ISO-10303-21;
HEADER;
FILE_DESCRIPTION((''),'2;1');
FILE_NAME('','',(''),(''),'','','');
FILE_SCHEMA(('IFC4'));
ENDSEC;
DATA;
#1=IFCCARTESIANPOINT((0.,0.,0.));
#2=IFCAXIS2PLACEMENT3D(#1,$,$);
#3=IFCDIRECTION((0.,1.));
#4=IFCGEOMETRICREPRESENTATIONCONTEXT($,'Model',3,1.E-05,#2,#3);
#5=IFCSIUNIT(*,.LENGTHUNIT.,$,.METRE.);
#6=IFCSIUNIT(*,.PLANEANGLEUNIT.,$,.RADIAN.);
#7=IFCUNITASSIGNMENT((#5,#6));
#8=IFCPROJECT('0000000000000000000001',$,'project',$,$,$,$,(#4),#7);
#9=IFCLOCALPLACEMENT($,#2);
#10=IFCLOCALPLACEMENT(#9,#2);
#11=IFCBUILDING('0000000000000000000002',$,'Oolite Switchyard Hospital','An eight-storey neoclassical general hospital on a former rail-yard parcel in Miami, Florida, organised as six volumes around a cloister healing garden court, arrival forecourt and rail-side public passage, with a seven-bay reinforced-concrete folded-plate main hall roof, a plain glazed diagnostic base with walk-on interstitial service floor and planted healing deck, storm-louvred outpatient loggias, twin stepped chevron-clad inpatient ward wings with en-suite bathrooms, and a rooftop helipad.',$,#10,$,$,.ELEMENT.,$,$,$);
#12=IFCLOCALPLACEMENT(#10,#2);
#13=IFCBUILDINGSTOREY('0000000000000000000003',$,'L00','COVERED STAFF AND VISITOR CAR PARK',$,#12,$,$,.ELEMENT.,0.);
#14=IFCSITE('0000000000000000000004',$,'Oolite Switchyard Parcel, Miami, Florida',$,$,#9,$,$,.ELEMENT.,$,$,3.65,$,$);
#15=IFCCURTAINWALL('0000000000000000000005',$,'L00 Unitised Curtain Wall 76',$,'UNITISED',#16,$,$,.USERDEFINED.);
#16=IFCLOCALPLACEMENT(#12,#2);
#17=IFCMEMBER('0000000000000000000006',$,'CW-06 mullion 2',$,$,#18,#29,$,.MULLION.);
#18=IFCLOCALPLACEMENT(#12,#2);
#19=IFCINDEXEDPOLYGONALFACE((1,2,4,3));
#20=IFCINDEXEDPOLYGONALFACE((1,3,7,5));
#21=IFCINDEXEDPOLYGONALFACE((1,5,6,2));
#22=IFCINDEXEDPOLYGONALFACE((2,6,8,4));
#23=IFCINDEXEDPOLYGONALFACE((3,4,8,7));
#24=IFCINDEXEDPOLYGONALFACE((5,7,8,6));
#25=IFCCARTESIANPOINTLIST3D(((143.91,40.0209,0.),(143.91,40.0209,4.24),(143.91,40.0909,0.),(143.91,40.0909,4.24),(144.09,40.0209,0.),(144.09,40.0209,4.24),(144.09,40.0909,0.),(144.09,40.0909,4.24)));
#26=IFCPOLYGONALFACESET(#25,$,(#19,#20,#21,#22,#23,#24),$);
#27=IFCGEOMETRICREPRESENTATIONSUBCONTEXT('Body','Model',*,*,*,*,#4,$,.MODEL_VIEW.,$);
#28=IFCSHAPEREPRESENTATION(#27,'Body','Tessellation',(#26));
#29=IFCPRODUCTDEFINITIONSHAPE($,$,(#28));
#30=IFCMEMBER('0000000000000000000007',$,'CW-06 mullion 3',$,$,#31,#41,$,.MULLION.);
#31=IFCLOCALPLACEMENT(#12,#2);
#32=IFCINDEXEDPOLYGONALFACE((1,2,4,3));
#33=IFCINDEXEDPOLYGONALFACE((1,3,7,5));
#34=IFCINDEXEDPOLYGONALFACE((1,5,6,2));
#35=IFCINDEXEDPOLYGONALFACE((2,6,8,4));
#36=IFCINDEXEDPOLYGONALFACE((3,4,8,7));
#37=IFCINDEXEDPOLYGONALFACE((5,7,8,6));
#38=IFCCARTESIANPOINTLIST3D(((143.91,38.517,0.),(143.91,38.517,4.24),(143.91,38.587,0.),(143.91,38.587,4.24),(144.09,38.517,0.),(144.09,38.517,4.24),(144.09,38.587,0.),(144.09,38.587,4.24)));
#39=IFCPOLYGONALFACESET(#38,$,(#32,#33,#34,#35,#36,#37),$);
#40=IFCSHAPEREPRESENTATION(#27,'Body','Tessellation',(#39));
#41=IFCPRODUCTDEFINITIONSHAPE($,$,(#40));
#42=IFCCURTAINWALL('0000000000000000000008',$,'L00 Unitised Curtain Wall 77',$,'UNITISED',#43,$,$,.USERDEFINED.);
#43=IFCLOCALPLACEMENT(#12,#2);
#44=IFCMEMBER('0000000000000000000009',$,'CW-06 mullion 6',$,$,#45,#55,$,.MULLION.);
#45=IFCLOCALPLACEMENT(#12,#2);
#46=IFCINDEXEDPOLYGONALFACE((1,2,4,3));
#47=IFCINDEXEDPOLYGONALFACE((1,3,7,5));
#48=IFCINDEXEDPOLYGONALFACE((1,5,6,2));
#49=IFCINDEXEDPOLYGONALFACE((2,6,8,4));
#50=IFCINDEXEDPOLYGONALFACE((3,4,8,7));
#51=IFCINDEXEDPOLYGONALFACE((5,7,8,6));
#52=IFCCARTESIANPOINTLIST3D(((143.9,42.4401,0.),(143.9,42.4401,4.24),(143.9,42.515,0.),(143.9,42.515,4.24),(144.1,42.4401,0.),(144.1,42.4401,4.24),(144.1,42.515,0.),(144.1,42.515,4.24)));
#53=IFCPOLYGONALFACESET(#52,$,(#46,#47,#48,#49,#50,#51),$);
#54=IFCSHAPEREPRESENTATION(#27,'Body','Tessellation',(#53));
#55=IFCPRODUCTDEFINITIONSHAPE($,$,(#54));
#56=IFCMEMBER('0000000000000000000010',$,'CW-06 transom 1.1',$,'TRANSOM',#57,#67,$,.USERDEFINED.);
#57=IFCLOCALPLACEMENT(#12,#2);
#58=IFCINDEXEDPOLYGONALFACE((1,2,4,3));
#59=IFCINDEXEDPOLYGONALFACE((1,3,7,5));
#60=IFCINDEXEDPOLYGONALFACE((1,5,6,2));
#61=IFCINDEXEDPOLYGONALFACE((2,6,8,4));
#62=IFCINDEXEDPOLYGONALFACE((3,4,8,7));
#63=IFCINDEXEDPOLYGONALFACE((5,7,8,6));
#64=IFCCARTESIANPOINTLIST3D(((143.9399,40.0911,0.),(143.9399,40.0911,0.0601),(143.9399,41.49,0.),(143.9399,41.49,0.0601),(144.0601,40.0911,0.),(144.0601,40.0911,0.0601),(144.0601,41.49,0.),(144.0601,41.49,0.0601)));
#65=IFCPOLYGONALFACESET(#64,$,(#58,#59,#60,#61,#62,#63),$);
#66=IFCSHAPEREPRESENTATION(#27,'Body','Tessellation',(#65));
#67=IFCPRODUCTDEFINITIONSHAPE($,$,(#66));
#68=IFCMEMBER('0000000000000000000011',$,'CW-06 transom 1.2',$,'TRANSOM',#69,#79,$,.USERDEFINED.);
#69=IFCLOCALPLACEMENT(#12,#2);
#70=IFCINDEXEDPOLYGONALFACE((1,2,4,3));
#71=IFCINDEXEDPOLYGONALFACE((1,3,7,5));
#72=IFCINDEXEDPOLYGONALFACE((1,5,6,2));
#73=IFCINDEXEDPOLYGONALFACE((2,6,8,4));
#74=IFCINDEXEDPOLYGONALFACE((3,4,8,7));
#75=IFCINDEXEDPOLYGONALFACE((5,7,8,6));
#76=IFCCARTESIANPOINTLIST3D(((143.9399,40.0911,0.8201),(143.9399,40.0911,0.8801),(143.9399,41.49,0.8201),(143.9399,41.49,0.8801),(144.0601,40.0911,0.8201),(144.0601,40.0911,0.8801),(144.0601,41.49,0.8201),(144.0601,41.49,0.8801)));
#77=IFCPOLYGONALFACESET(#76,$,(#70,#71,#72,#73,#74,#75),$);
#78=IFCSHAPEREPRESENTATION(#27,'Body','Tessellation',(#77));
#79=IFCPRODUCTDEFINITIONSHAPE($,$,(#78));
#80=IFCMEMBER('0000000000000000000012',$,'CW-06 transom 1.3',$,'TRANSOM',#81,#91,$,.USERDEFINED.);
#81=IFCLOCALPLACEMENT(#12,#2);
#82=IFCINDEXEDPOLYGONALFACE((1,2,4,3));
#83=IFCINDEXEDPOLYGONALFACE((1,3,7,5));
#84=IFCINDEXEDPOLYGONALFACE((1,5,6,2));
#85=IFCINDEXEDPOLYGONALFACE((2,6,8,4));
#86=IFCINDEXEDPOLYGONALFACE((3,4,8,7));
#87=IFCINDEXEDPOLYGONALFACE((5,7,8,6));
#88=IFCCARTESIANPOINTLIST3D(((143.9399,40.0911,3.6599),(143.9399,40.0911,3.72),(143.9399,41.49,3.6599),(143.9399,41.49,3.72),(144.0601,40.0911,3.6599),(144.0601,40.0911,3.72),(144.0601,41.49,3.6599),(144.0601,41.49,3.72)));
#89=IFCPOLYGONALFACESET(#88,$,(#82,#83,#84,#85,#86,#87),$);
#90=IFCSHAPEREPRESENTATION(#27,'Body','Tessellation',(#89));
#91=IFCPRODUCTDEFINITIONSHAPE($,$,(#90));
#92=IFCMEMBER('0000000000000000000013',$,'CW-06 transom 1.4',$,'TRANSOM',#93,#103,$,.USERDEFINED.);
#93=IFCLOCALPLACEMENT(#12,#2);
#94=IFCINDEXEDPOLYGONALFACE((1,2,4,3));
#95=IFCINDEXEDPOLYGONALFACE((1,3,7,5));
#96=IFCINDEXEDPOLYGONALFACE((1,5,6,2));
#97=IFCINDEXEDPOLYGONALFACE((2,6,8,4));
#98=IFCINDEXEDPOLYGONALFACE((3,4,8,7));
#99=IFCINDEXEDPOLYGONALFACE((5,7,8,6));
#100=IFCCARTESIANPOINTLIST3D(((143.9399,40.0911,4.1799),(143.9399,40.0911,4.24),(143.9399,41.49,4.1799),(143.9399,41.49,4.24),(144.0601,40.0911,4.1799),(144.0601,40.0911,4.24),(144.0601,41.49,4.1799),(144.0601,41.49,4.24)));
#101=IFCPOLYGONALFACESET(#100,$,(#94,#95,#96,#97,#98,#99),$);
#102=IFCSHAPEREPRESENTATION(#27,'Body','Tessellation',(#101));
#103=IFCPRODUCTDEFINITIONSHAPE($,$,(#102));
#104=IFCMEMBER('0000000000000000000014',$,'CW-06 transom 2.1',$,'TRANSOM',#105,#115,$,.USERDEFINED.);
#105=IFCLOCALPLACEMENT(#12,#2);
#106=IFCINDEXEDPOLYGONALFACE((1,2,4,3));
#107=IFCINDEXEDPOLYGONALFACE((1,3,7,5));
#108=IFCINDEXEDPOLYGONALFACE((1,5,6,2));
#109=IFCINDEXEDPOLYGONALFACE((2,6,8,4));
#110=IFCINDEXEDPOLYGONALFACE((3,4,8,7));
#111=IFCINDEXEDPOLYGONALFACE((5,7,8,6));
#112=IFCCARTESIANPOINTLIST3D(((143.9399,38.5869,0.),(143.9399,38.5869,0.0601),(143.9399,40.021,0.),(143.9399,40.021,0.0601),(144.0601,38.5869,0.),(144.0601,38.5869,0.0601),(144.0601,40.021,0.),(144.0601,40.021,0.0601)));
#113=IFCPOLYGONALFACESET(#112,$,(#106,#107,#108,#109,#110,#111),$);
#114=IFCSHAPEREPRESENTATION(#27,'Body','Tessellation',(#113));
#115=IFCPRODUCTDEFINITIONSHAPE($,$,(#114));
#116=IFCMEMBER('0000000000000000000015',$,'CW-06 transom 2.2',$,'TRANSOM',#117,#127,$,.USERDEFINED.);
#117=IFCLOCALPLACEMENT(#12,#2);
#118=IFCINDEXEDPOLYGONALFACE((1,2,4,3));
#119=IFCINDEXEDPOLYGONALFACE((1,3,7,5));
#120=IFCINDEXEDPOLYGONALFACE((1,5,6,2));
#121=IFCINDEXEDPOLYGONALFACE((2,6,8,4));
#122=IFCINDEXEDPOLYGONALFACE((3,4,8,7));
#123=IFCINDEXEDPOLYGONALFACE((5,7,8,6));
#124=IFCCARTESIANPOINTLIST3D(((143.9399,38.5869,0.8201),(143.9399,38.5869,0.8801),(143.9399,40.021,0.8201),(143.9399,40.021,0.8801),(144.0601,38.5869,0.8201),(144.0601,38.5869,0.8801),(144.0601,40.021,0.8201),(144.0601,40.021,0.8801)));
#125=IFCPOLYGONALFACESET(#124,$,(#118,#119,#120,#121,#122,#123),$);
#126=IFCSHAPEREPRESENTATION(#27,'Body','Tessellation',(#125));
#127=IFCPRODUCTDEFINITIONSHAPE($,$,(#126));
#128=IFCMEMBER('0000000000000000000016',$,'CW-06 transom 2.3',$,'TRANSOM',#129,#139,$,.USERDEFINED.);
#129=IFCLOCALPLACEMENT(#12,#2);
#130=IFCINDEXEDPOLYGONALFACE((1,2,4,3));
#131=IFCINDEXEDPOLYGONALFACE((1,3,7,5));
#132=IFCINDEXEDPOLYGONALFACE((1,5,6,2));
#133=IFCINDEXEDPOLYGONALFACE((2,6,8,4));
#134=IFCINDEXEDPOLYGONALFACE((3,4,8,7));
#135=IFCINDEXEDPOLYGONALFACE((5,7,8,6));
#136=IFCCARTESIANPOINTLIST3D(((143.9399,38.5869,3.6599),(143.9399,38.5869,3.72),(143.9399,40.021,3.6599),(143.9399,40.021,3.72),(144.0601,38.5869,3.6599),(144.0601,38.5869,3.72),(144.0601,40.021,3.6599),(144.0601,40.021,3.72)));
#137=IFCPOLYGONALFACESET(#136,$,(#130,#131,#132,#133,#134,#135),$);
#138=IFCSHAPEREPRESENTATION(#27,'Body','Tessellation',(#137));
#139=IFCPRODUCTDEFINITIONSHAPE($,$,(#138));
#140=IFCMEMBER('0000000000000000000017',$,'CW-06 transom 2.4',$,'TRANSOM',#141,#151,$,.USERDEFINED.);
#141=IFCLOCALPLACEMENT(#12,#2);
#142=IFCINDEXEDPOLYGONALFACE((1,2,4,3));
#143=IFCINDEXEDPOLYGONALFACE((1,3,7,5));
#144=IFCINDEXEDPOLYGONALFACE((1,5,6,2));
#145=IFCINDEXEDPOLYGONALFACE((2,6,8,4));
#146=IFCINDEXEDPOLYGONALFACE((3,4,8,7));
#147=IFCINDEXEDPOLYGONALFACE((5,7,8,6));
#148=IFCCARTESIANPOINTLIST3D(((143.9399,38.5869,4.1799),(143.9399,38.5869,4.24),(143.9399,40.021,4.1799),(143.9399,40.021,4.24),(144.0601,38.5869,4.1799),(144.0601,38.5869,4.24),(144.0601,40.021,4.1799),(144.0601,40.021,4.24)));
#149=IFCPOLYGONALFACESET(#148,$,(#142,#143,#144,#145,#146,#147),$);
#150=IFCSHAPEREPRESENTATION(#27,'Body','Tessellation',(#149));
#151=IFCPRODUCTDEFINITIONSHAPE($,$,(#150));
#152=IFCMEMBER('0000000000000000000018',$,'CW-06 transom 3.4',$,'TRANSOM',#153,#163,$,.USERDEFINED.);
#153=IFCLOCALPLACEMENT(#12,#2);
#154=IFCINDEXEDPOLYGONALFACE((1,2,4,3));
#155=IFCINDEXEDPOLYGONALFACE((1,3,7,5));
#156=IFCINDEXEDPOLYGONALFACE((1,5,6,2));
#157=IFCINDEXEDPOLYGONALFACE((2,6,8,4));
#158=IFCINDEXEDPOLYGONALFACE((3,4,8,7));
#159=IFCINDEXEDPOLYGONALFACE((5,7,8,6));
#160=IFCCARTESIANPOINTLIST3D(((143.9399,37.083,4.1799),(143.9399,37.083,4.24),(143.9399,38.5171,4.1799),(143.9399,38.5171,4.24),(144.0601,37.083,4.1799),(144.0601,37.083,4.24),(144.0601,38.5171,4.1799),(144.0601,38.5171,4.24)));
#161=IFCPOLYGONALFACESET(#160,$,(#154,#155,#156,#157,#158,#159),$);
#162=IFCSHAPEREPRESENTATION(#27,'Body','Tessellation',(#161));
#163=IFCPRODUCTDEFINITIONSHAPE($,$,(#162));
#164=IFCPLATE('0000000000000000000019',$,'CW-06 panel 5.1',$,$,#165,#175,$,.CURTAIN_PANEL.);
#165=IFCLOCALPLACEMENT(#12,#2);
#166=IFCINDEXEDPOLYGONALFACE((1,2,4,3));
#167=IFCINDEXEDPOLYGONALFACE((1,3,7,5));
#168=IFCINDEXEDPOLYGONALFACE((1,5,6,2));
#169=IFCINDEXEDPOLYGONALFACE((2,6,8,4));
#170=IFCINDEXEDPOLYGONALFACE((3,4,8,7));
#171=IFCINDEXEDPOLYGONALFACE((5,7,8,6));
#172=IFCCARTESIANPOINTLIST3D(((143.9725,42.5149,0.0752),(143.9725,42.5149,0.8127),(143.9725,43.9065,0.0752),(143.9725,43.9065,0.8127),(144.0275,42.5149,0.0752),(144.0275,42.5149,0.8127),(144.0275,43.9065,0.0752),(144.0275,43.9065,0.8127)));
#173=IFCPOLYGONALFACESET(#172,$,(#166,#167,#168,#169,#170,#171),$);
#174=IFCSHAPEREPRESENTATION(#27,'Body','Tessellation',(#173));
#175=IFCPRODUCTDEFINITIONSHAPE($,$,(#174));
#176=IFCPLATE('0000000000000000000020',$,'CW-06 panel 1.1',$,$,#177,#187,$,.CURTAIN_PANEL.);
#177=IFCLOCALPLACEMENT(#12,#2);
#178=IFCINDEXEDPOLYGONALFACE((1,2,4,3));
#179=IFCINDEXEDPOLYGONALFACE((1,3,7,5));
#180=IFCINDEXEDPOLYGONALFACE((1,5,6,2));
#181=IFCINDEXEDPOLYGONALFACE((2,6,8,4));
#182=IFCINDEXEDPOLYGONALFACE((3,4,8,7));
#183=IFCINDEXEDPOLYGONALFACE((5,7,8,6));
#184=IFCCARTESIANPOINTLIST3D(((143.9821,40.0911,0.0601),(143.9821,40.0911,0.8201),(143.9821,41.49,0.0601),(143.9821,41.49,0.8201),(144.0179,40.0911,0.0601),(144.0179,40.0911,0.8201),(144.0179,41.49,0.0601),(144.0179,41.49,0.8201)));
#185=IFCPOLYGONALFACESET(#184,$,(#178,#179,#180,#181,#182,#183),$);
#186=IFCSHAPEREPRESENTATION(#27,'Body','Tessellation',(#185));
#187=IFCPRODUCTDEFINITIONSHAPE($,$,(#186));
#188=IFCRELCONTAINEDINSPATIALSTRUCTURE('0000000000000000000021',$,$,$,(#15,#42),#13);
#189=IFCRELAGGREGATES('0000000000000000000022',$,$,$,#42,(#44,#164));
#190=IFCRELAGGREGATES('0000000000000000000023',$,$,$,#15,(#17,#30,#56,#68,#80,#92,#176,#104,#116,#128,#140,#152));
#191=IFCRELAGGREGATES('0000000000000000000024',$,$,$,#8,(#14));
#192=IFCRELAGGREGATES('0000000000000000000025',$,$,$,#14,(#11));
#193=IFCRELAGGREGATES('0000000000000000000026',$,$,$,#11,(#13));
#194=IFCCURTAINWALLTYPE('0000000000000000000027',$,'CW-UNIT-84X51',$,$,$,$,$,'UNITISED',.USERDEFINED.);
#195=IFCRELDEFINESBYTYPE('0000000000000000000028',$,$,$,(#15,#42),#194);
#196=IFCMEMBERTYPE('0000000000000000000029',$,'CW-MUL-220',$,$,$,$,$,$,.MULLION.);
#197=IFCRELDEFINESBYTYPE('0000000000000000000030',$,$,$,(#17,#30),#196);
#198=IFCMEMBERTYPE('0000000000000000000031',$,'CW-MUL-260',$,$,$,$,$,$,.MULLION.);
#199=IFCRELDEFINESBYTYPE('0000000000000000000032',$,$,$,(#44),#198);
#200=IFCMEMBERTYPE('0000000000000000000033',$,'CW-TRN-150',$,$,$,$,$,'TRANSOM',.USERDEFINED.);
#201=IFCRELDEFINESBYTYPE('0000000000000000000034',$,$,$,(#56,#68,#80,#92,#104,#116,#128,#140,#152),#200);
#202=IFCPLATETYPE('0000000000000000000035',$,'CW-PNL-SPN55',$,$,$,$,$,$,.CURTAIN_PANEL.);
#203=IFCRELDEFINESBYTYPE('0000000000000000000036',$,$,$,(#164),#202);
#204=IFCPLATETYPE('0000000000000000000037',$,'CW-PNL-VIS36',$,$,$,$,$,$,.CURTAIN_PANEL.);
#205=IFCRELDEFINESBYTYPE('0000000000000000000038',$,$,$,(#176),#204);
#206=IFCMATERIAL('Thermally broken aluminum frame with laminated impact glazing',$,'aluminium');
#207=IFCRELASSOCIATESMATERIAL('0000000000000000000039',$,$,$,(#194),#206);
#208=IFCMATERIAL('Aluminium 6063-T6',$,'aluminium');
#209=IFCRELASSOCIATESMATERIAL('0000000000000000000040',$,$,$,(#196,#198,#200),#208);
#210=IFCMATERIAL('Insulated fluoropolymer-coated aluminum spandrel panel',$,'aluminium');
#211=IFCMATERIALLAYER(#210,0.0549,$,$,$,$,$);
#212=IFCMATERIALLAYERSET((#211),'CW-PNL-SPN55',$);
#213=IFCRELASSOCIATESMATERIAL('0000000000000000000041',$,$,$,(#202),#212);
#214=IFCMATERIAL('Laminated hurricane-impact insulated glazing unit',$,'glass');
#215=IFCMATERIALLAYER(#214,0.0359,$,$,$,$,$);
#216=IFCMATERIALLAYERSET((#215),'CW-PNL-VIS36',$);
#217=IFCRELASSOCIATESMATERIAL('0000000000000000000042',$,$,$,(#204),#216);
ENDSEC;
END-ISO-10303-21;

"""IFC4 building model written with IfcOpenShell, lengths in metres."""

from ifc_helpers import new_model, si_unit, direction, frame, origin, origin_2d, place, context, subcontext, project, spatial, rectangle, extrude, material, layer, layer_set, material_profile, profile_set, type_object, element, aggregate, save


model = new_model("IFC4")

# Units and contexts
model_context = context("Model", 3, precision=1e-05, world=origin(), true_north=direction((0.0, 1.0)))
body_context = subcontext(model_context, "Body", "Model", "MODEL_VIEW")
ifc_project = project(units=[si_unit("LENGTHUNIT", "METRE"), si_unit("PLANEANGLEUNIT", "RADIAN")], contexts=[model_context])

# Site, building, storey
site_placement = place(None, origin())
site = spatial("IfcSite", under=ifc_project, at=site_placement, Name="Oolite Switchyard Parcel, Miami, Florida", CompositionType="ELEMENT", RefElevation=3.65)
building_placement = place(site_placement, origin())
building = spatial("IfcBuilding", under=site, at=building_placement, Name="Oolite Switchyard Hospital", Description="An eight-storey neoclassical general hospital on a former rail-yard parcel in Miami, Florida, organised as six volumes around a cloister healing garden court, arrival forecourt and rail-side public passage, with a seven-bay reinforced-concrete folded-plate main hall roof, a plain glazed diagnostic base with walk-on interstitial service floor and planted healing deck, storm-louvred outpatient loggias, twin stepped chevron-clad inpatient ward wings with en-suite bathrooms, and a rooftop helipad.", CompositionType="ELEMENT")
storey_placement = place(building_placement, origin())
storey = spatial("IfcBuildingStorey", under=building, at=storey_placement, Name="L00", Description="COVERED STAFF AND VISITOR CAR PARK", CompositionType="ELEMENT", Elevation=0.0)

# Curtain wall, members
ifc_material_1 = material(Name="Thermally broken aluminum frame with laminated impact glazing", Category="aluminium")
curtain_wall_type = type_object("IfcCurtainWallType", Name="CW-UNIT-84X51", ElementType="UNITISED", PredefinedType="USERDEFINED", material=ifc_material_1)
curtain_wall_1_placement = place(storey_placement, origin())
curtain_wall_1 = element("IfcCurtainWall", 1, at=curtain_wall_1_placement, inside=storey, type_object=curtain_wall_type, Name="L00 Unitised Curtain Wall 76", ObjectType="UNITISED", PredefinedType="USERDEFINED")
ifc_material_2 = material(Name="Aluminium 6063-T6", Category="aluminium")
ifc_material_profile_1 = material_profile(ifc_material_2, rectangle(XDim=0.1799, YDim=0.0701, at=origin_2d()), Name="CWM70X180")
ifc_profile_set_1 = profile_set([ifc_material_profile_1], Name="Aluminium 6063-T6")
member_type_1 = type_object("IfcMemberType", Name="CW-MUL-220", PredefinedType="MULLION", material=ifc_profile_set_1)
member_1_placement = place(storey_placement, frame((144.0, 40.0559, 0.0), z_axis=(0.0, 0.0, 1.0), x_axis=(1.0, 0.0, 0.0)))
member_1 = element("IfcMember", 2, at=member_1_placement, type_object=member_type_1, Name="CW-06 mullion 2", PredefinedType="MULLION", context=body_context, shape_type="SweptSolid", body=[
    extrude(rectangle(XDim=0.1799, YDim=0.0701, at=origin_2d()), origin(), (0.0, 0.0, 1.0), 4.24),
])
member_2_placement = place(storey_placement, frame((144.0, 38.552, 0.0), z_axis=(0.0, 0.0, 1.0), x_axis=(1.0, 0.0, 0.0)))
member_2 = element("IfcMember", 3, at=member_2_placement, type_object=member_type_1, Name="CW-06 mullion 3", PredefinedType="MULLION", context=body_context, shape_type="SweptSolid", body=[
    extrude(rectangle(XDim=0.1799, YDim=0.0701, at=origin_2d()), origin(), (0.0, 0.0, 1.0), 4.24),
])

# Curtain wall, member
curtain_wall_2_placement = place(storey_placement, origin())
curtain_wall_2 = element("IfcCurtainWall", 4, at=curtain_wall_2_placement, inside=storey, type_object=curtain_wall_type, Name="L00 Unitised Curtain Wall 77", ObjectType="UNITISED", PredefinedType="USERDEFINED")
ifc_material_profile_2 = material_profile(ifc_material_2, rectangle(XDim=0.2, YDim=0.075, at=origin_2d()), Name="CWM75X200")
ifc_profile_set_2 = profile_set([ifc_material_profile_2], Name="Aluminium 6063-T6")
member_type_2 = type_object("IfcMemberType", Name="CW-MUL-260", PredefinedType="MULLION", material=ifc_profile_set_2)
member_3_placement = place(storey_placement, frame((144.0, 42.4775, 0.0), z_axis=(0.0, 0.0, 1.0), x_axis=(1.0, 0.0, 0.0)))
member_3 = element("IfcMember", 5, at=member_3_placement, type_object=member_type_2, Name="CW-06 mullion 6", PredefinedType="MULLION", context=body_context, shape_type="SweptSolid", body=[
    extrude(rectangle(XDim=0.2, YDim=0.075, at=origin_2d()), origin(), (0.0, 0.0, 1.0), 4.24),
])

# Members
ifc_material_profile_3 = material_profile(ifc_material_2, rectangle(XDim=0.1201, YDim=0.0601, at=origin_2d()), Name="CWT60X120")
ifc_profile_set_3 = profile_set([ifc_material_profile_3], Name="Aluminium 6063-T6")
member_type_3 = type_object("IfcMemberType", Name="CW-TRN-150", ElementType="TRANSOM", PredefinedType="USERDEFINED", material=ifc_profile_set_3)
member_4_placement = place(storey_placement, frame((144.0, 41.49, 0.03), z_axis=(0.0, -1.0, 0.0), x_axis=(1.0, 0.0, 0.0)))
member_4 = element("IfcMember", 6, at=member_4_placement, type_object=member_type_3, Name="CW-06 transom 1.1", ObjectType="TRANSOM", PredefinedType="USERDEFINED", context=body_context, shape_type="SweptSolid", body=[
    extrude(rectangle(XDim=0.1201, YDim=0.0601, at=origin_2d()), origin(), (0.0, 0.0, 1.0), 1.3989),
])
member_5_placement = place(storey_placement, frame((144.0, 41.49, 0.8501), z_axis=(0.0, -1.0, 0.0), x_axis=(1.0, 0.0, 0.0)))
member_5 = element("IfcMember", 7, at=member_5_placement, type_object=member_type_3, Name="CW-06 transom 1.2", ObjectType="TRANSOM", PredefinedType="USERDEFINED", context=body_context, shape_type="SweptSolid", body=[
    extrude(rectangle(XDim=0.1201, YDim=0.0601, at=origin_2d()), origin(), (0.0, 0.0, 1.0), 1.3989),
])
member_6_placement = place(storey_placement, frame((144.0, 41.49, 3.6899), z_axis=(0.0, -1.0, 0.0), x_axis=(1.0, 0.0, 0.0)))
member_6 = element("IfcMember", 8, at=member_6_placement, type_object=member_type_3, Name="CW-06 transom 1.3", ObjectType="TRANSOM", PredefinedType="USERDEFINED", context=body_context, shape_type="SweptSolid", body=[
    extrude(rectangle(XDim=0.1201, YDim=0.0601, at=origin_2d()), origin(), (0.0, 0.0, 1.0), 1.3989),
])
member_7_placement = place(storey_placement, frame((144.0, 41.49, 4.21), z_axis=(0.0, -1.0, 0.0), x_axis=(1.0, 0.0, 0.0)))
member_7 = element("IfcMember", 9, at=member_7_placement, type_object=member_type_3, Name="CW-06 transom 1.4", ObjectType="TRANSOM", PredefinedType="USERDEFINED", context=body_context, shape_type="SweptSolid", body=[
    extrude(rectangle(XDim=0.1201, YDim=0.0601, at=origin_2d()), origin(), (0.0, 0.0, 1.0), 1.3989),
])
member_8_placement = place(storey_placement, frame((144.0, 40.021, 0.03), z_axis=(0.0, -1.0, 0.0), x_axis=(1.0, 0.0, 0.0)))
member_8 = element("IfcMember", 10, at=member_8_placement, type_object=member_type_3, Name="CW-06 transom 2.1", ObjectType="TRANSOM", PredefinedType="USERDEFINED", context=body_context, shape_type="SweptSolid", body=[
    extrude(rectangle(XDim=0.1201, YDim=0.0601, at=origin_2d()), origin(), (0.0, 0.0, 1.0), 1.4341),
])
member_9_placement = place(storey_placement, frame((144.0, 40.021, 0.8501), z_axis=(0.0, -1.0, 0.0), x_axis=(1.0, 0.0, 0.0)))
member_9 = element("IfcMember", 11, at=member_9_placement, type_object=member_type_3, Name="CW-06 transom 2.2", ObjectType="TRANSOM", PredefinedType="USERDEFINED", context=body_context, shape_type="SweptSolid", body=[
    extrude(rectangle(XDim=0.1201, YDim=0.0601, at=origin_2d()), origin(), (0.0, 0.0, 1.0), 1.4341),
])
member_10_placement = place(storey_placement, frame((144.0, 40.021, 3.6899), z_axis=(0.0, -1.0, 0.0), x_axis=(1.0, 0.0, 0.0)))
member_10 = element("IfcMember", 12, at=member_10_placement, type_object=member_type_3, Name="CW-06 transom 2.3", ObjectType="TRANSOM", PredefinedType="USERDEFINED", context=body_context, shape_type="SweptSolid", body=[
    extrude(rectangle(XDim=0.1201, YDim=0.0601, at=origin_2d()), origin(), (0.0, 0.0, 1.0), 1.4341),
])
member_11_placement = place(storey_placement, frame((144.0, 40.021, 4.21), z_axis=(0.0, -1.0, 0.0), x_axis=(1.0, 0.0, 0.0)))
member_11 = element("IfcMember", 13, at=member_11_placement, type_object=member_type_3, Name="CW-06 transom 2.4", ObjectType="TRANSOM", PredefinedType="USERDEFINED", context=body_context, shape_type="SweptSolid", body=[
    extrude(rectangle(XDim=0.1201, YDim=0.0601, at=origin_2d()), origin(), (0.0, 0.0, 1.0), 1.4341),
])
member_12_placement = place(storey_placement, frame((144.0, 38.5171, 4.21), z_axis=(0.0, -1.0, 0.0), x_axis=(1.0, 0.0, 0.0)))
member_12 = element("IfcMember", 14, at=member_12_placement, type_object=member_type_3, Name="CW-06 transom 3.4", ObjectType="TRANSOM", PredefinedType="USERDEFINED", context=body_context, shape_type="SweptSolid", body=[
    extrude(rectangle(XDim=0.1201, YDim=0.0601, at=origin_2d()), origin(), (0.0, 0.0, 1.0), 1.4341),
])

# Plates
ifc_material_3 = material(Name="Insulated fluoropolymer-coated aluminum spandrel panel", Category="aluminium")
ifc_layer_1 = layer(ifc_material_3, 0.0549)
ifc_layer_set_1 = layer_set([ifc_layer_1], Name="CW-PNL-SPN55")
plate_type_1 = type_object("IfcPlateType", Name="CW-PNL-SPN55", PredefinedType="CURTAIN_PANEL", material=ifc_layer_set_1)
plate_1_placement = place(storey_placement, frame((144.0, 43.2107, 0.0752), z_axis=(0.0, 0.0, 1.0), x_axis=(0.0, -1.0, 0.0)))
plate_1 = element("IfcPlate", 15, at=plate_1_placement, type_object=plate_type_1, Name="CW-06 panel 5.1", PredefinedType="CURTAIN_PANEL", context=body_context, shape_type="SweptSolid", body=[
    extrude(rectangle(XDim=1.3916, YDim=0.0549, at=origin_2d()), origin(), (0.0, 0.0, 1.0), 0.7375),
])
aggregate(curtain_wall_2, [member_3, plate_1])
ifc_material_4 = material(Name="Laminated hurricane-impact insulated glazing unit", Category="glass")
ifc_layer_2 = layer(ifc_material_4, 0.0359)
ifc_layer_set_2 = layer_set([ifc_layer_2], Name="CW-PNL-VIS36")
plate_type_2 = type_object("IfcPlateType", Name="CW-PNL-VIS36", PredefinedType="CURTAIN_PANEL", material=ifc_layer_set_2)
plate_2_placement = place(storey_placement, frame((144.0, 40.7905, 0.0601), z_axis=(0.0, 0.0, 1.0), x_axis=(0.0, -1.0, 0.0)))
plate_2 = element("IfcPlate", 16, at=plate_2_placement, type_object=plate_type_2, Name="CW-06 panel 1.1", PredefinedType="CURTAIN_PANEL", context=body_context, shape_type="SweptSolid", body=[
    extrude(rectangle(XDim=1.3989, YDim=0.0359, at=origin_2d()), origin(), (0.0, 0.0, 1.0), 0.76),
])
aggregate(curtain_wall_1, [member_1, member_2, member_4, member_5, member_6, member_7, plate_2, member_8, member_9, member_10, member_11, member_12])

save(model, "model.ifc")
